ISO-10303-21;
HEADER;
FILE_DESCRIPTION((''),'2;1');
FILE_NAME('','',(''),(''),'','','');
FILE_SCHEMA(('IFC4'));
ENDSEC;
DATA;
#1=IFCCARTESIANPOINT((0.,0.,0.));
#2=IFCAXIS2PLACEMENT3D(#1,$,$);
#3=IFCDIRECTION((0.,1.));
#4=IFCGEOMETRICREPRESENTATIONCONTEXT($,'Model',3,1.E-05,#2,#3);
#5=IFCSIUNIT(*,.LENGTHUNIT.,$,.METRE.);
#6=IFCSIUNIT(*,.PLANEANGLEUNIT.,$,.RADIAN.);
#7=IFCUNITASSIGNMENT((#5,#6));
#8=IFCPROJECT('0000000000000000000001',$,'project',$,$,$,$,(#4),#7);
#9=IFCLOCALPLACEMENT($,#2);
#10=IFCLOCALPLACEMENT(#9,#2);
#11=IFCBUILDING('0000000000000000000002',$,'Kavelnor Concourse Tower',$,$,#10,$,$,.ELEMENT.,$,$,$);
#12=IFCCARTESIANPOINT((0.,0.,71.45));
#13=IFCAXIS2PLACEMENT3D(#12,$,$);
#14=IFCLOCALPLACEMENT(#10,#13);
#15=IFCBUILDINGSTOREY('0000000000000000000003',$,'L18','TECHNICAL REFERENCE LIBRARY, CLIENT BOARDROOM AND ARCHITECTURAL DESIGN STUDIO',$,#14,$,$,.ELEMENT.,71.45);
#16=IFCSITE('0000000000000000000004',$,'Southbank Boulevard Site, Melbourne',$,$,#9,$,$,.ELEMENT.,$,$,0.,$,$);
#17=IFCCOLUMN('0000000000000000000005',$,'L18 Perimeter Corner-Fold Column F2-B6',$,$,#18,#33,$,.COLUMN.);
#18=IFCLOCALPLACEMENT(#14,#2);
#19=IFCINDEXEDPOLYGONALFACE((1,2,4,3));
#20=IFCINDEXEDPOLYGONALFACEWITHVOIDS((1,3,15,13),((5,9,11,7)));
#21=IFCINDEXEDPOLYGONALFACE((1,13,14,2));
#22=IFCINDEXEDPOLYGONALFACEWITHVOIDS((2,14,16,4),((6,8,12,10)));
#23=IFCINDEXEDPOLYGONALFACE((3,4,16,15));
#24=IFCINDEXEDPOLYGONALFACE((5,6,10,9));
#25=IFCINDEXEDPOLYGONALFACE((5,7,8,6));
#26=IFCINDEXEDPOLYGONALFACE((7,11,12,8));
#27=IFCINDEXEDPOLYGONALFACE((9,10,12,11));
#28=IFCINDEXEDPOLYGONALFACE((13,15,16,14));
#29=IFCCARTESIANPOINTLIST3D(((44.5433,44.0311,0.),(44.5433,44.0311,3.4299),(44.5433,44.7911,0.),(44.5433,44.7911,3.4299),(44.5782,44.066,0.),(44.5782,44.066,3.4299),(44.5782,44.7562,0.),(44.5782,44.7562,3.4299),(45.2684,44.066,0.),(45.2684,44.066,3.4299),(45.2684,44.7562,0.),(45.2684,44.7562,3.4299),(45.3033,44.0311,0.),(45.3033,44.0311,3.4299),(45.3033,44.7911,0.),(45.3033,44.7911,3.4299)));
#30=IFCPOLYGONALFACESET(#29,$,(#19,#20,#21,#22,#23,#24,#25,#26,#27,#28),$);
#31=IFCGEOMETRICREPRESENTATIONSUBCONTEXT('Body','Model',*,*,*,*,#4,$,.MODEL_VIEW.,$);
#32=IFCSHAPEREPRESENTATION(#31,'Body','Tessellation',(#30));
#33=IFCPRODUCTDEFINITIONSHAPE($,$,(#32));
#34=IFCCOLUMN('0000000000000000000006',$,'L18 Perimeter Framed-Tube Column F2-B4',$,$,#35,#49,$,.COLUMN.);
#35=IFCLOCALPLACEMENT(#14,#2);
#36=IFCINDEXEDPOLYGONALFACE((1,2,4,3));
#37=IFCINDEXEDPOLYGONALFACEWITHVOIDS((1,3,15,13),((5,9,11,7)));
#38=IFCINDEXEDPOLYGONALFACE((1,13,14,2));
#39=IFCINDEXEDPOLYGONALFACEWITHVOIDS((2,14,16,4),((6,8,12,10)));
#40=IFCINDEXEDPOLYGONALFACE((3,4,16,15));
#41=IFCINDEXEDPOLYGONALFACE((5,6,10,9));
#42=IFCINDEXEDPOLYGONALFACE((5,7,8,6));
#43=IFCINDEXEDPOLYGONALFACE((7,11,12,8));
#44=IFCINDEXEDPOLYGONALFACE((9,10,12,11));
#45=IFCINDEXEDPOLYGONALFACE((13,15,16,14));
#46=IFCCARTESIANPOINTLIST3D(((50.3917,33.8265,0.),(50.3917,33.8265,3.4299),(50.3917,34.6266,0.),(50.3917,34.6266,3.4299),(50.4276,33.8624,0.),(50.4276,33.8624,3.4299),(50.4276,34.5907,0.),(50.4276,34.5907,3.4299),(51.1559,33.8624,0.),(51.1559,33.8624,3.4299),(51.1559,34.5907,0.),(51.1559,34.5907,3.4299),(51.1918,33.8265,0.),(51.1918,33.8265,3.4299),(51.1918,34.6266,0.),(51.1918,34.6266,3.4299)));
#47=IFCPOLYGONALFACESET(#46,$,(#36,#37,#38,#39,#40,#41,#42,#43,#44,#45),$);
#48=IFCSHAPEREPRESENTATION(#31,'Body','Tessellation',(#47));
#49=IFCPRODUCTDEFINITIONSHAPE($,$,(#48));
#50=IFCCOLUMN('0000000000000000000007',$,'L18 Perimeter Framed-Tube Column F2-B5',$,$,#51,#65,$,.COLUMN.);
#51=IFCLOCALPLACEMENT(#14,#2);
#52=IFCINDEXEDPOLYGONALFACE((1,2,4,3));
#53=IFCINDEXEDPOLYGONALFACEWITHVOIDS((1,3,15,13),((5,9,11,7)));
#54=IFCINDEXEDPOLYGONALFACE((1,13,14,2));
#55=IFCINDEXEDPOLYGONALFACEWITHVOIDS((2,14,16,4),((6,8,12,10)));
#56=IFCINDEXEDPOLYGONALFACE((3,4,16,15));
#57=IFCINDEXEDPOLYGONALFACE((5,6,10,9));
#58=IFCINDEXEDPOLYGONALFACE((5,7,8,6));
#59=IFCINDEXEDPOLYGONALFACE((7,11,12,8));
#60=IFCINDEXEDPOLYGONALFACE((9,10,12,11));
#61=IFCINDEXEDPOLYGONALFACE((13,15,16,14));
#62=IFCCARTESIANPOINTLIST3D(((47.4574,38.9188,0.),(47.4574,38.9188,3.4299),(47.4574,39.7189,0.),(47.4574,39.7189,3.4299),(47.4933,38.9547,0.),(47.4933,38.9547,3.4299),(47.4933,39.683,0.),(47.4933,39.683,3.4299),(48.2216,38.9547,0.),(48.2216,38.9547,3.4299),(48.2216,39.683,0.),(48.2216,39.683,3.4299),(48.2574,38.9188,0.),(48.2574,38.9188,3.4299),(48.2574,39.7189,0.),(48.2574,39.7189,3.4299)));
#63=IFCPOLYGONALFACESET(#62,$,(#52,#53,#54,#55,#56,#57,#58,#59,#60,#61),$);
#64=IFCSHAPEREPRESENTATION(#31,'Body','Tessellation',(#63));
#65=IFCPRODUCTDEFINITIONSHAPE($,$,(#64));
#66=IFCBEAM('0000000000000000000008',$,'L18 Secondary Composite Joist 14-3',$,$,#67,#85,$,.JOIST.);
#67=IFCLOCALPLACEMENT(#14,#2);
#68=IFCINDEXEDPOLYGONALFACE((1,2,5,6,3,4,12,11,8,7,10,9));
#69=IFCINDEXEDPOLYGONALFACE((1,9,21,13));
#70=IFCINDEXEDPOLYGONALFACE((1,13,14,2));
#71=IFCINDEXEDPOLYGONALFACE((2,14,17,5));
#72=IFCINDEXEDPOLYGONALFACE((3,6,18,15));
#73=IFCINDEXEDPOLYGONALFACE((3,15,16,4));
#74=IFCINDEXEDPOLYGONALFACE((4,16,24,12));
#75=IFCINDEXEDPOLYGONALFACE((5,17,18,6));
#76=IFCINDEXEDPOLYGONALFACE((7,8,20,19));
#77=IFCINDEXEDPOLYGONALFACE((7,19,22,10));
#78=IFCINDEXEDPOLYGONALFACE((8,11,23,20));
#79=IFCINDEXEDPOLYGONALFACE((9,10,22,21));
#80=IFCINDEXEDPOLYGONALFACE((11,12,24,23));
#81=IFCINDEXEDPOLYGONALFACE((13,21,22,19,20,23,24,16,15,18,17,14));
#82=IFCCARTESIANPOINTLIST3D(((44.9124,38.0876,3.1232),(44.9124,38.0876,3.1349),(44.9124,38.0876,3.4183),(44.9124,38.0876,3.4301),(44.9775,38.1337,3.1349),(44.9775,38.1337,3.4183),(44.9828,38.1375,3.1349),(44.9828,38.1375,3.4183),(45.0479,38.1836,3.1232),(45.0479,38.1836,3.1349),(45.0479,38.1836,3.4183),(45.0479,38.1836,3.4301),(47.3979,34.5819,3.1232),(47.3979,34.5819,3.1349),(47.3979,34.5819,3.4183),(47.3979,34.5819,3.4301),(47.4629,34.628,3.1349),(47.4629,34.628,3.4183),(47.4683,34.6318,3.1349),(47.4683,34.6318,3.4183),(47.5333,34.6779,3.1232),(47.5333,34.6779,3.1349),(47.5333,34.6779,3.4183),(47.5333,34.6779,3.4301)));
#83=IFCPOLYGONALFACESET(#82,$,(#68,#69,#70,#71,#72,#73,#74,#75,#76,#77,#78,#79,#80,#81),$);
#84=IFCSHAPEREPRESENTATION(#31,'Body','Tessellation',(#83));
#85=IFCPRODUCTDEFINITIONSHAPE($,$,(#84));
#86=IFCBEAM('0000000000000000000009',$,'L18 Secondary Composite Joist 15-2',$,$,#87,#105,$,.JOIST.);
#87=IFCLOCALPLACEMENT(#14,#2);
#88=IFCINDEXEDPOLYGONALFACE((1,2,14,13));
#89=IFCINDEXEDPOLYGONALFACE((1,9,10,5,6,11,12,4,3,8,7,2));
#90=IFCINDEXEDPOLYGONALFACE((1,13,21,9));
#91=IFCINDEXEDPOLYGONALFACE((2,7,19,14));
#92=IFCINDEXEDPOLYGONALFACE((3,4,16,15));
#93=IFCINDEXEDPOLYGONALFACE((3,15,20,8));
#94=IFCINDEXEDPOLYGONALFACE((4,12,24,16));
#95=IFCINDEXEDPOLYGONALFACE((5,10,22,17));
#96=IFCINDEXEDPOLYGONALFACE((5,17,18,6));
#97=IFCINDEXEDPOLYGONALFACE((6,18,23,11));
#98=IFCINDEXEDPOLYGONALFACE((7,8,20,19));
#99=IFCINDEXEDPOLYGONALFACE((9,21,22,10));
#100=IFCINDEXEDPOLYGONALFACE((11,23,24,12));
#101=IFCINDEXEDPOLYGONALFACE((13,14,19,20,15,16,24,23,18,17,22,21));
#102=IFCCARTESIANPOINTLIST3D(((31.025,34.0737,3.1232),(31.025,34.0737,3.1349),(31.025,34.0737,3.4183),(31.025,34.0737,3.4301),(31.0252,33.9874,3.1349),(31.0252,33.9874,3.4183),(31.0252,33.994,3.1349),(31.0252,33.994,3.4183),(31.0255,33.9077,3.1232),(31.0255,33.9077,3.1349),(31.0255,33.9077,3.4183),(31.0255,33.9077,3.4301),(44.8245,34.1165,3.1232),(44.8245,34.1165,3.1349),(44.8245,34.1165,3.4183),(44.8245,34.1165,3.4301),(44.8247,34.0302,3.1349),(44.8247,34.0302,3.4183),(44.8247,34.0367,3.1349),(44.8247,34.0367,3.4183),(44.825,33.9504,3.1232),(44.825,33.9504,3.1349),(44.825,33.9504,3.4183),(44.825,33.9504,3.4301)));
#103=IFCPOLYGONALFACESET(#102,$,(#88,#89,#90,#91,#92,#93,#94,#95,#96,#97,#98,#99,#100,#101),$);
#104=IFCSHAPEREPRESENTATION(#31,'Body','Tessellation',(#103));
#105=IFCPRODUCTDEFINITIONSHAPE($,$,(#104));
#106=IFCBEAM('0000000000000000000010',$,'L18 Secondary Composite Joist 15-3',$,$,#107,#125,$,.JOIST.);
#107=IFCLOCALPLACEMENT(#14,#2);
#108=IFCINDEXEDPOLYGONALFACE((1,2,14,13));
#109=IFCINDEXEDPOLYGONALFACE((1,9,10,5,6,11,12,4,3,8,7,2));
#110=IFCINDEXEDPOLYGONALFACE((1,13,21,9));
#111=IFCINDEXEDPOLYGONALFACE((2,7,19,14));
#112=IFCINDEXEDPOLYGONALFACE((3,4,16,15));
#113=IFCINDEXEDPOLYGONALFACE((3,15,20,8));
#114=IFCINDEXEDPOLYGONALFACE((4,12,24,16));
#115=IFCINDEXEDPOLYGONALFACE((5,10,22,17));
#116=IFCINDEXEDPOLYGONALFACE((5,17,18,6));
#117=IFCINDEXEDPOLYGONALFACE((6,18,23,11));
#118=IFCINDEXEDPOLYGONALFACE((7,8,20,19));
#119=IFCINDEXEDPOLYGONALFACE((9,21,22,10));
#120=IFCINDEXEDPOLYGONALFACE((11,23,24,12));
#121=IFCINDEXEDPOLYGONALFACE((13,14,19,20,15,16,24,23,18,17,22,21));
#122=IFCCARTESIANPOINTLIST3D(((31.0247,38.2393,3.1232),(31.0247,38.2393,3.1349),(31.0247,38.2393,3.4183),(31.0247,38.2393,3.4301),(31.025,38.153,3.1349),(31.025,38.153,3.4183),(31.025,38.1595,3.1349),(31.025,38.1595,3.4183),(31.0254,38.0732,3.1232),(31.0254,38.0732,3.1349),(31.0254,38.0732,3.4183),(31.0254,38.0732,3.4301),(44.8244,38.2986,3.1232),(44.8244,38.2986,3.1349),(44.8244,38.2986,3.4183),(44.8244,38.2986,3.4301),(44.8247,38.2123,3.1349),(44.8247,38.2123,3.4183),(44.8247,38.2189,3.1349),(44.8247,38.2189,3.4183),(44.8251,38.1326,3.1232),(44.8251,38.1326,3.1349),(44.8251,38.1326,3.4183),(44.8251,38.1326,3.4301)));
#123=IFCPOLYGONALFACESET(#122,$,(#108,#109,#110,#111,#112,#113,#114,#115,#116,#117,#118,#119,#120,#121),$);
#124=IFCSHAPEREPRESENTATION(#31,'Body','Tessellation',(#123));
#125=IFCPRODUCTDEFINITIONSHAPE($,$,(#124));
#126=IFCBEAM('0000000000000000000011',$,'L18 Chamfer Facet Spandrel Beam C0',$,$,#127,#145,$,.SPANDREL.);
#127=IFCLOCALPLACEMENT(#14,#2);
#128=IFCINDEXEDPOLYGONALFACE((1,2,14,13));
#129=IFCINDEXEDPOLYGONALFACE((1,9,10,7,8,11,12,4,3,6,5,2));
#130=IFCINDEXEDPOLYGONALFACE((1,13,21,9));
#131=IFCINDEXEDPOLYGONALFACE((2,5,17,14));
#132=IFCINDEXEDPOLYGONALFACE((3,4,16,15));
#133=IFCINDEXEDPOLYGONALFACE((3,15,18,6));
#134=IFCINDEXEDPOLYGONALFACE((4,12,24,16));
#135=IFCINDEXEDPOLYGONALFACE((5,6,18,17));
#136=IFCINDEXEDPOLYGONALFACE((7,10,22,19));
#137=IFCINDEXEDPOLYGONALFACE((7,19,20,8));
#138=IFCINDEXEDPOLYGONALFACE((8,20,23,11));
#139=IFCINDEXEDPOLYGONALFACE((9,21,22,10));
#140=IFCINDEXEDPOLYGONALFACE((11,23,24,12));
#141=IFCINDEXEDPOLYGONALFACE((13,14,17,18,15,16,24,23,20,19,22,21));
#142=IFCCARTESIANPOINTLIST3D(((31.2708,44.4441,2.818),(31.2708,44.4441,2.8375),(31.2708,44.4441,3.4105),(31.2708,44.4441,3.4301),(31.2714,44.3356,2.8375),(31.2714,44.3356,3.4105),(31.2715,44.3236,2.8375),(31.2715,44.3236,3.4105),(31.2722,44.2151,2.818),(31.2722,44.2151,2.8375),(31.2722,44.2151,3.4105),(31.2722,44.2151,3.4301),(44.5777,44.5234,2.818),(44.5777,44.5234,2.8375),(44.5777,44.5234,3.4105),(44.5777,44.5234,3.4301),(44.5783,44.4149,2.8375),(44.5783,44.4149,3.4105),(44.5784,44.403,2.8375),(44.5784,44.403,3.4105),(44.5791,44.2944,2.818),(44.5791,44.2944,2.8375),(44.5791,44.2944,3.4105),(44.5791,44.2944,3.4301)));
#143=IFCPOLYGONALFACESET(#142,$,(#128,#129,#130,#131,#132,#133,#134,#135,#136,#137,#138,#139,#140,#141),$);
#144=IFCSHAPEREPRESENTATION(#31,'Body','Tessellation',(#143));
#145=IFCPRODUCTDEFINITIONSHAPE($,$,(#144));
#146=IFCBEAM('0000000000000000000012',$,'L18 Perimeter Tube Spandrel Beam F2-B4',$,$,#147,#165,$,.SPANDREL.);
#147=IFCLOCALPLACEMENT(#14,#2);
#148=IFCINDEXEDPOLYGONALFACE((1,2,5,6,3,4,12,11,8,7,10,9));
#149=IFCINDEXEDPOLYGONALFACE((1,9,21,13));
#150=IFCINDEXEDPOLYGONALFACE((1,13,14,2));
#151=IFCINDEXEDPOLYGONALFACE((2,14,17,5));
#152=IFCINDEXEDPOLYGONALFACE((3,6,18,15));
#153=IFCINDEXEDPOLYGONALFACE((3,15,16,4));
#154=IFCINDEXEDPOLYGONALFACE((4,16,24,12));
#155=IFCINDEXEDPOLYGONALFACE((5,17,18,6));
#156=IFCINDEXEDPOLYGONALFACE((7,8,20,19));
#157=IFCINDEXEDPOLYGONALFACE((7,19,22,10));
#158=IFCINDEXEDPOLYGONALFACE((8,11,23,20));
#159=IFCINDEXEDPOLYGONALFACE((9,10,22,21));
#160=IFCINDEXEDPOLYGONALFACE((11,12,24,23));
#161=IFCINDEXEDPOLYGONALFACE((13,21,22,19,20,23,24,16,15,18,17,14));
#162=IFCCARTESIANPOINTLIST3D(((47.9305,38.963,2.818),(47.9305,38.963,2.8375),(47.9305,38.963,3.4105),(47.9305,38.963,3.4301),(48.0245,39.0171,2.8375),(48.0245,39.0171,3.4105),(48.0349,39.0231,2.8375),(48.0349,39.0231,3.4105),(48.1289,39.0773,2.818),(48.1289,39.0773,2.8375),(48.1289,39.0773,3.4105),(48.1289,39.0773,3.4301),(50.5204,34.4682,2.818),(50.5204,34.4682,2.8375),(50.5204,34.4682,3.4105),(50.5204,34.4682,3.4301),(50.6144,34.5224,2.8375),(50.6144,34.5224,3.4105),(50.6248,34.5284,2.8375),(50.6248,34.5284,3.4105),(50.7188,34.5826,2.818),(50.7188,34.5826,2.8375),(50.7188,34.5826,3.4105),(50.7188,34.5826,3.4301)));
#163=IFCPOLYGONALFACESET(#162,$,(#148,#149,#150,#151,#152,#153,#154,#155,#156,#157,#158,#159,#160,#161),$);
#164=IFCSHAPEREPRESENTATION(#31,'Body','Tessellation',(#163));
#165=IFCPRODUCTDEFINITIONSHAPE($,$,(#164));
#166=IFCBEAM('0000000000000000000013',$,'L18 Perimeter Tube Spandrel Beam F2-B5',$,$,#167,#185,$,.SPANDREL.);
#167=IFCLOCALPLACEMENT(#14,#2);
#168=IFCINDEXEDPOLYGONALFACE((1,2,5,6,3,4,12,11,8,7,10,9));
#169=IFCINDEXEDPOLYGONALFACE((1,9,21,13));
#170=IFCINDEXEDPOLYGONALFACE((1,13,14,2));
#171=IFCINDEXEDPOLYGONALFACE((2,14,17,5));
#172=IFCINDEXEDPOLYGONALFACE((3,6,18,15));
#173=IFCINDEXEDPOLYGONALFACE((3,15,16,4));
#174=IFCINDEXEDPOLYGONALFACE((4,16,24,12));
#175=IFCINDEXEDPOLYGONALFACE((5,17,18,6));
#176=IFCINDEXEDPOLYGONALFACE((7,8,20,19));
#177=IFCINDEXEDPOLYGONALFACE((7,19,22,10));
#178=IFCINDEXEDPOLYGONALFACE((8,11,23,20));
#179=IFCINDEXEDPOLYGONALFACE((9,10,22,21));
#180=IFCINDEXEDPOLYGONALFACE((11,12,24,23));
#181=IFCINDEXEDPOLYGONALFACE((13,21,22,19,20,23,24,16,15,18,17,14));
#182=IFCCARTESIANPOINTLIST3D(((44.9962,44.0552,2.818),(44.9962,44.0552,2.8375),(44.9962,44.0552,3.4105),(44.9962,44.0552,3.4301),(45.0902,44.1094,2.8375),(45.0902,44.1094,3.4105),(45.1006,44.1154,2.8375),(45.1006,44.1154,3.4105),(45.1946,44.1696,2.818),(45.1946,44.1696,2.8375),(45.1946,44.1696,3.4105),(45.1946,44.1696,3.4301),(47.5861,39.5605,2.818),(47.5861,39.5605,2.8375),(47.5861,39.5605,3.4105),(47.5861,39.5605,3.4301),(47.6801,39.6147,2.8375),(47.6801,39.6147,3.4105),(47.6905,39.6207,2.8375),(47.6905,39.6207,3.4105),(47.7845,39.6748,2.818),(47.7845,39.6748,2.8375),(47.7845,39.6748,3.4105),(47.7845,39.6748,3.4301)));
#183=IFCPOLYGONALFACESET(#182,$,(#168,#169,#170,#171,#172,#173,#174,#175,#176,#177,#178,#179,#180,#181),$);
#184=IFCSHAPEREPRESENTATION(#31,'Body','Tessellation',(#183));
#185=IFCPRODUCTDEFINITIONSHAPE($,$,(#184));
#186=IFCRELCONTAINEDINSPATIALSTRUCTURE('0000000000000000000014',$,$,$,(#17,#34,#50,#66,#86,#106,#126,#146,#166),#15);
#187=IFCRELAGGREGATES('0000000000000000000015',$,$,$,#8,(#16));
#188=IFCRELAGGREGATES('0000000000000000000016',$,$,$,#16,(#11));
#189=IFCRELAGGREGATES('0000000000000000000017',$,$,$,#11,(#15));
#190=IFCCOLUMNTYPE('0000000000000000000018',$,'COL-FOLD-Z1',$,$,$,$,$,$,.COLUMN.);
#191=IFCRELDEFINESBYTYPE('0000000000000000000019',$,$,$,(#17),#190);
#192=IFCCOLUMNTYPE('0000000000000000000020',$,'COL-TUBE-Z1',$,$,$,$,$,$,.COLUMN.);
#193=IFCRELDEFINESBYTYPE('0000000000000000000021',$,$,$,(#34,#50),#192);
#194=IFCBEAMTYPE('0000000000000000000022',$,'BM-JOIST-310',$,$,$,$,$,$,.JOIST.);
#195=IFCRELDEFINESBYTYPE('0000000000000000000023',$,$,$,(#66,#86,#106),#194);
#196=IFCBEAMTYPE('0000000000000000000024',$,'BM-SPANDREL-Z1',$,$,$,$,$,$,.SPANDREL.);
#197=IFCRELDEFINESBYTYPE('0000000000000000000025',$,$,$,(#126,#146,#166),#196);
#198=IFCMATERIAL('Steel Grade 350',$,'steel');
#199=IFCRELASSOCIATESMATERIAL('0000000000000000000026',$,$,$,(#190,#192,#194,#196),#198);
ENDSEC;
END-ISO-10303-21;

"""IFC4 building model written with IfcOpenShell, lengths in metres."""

from ifc_helpers import new_model, si_unit, direction, frame, origin, origin_2d, place, context, subcontext, project, spatial, hollow_rectangle, i_section, extrude, material, material_profile, profile_set, type_object, element, save


model = new_model("IFC4")

# Units and contexts
model_context = context("Model", 3, precision=1e-05, world=origin(), true_north=direction((0.0, 1.0)))
body_context = subcontext(model_context, "Body", "Model", "MODEL_VIEW")
ifc_project = project(units=[si_unit("LENGTHUNIT", "METRE"), si_unit("PLANEANGLEUNIT", "RADIAN")], contexts=[model_context])

# Site, building, storey
site_placement = place(None, origin())
site = spatial("IfcSite", under=ifc_project, at=site_placement, Name="Southbank Boulevard Site, Melbourne", CompositionType="ELEMENT", RefElevation=0.0)
building_placement = place(site_placement, origin())
building = spatial("IfcBuilding", under=site, at=building_placement, Name="Kavelnor Concourse Tower", CompositionType="ELEMENT")
storey_placement = place(building_placement, frame((0.0, 0.0, 71.45)))
storey = spatial("IfcBuildingStorey", under=building, at=storey_placement, Name="L18", Description="TECHNICAL REFERENCE LIBRARY, CLIENT BOARDROOM AND ARCHITECTURAL DESIGN STUDIO", CompositionType="ELEMENT", Elevation=71.45)

# Columns
ifc_material_1 = material(Name="Steel Grade 350", Category="steel")
ifc_material_profile_1 = material_profile(ifc_material_1, hollow_rectangle(XDim=0.76, YDim=0.76, WallThickness=0.0349, at=origin_2d()), Name="SHS 760x760x35")
ifc_profile_set_1 = profile_set([ifc_material_profile_1], Name="Steel Grade 350")
column_type_1 = type_object("IfcColumnType", Name="COL-FOLD-Z1", PredefinedType="COLUMN", material=ifc_profile_set_1)
column_placement = place(storey_placement, frame((44.9233, 44.4111, 0.0), z_axis=(0.0, 0.0, 1.0), x_axis=(1.0, 0.0, 0.0)))
element("IfcColumn", 1, at=column_placement, inside=storey, type_object=column_type_1, Name="L18 Perimeter Corner-Fold Column F2-B6", PredefinedType="COLUMN", context=body_context, shape_type="SweptSolid", body=[
    extrude(hollow_rectangle(XDim=0.76, YDim=0.76, WallThickness=0.0349, at=origin_2d()), origin(), (0.0, 0.0, 1.0), 3.4299),
])
ifc_material_profile_2 = material_profile(ifc_material_1, hollow_rectangle(XDim=0.8, YDim=0.8, WallThickness=0.0359, at=origin_2d()), Name="SHS 800x800x36")
ifc_profile_set_2 = profile_set([ifc_material_profile_2], Name="Steel Grade 350")
column_type_2 = type_object("IfcColumnType", Name="COL-TUBE-Z1", PredefinedType="COLUMN", material=ifc_profile_set_2)
for number, where, z_axis, x_axis, name in (
    (2, (50.7917, 34.2266, 0.0), (0.0, 0.0, 1.0), (1.0, 0.0, 0.0), "L18 Perimeter Framed-Tube Column F2-B4"),
    (3, (47.8574, 39.3188, 0.0), (0.0, 0.0, 1.0), (1.0, 0.0, 0.0), "L18 Perimeter Framed-Tube Column F2-B5"),
):
    element("IfcColumn", number, at=place(storey_placement, frame(where, z_axis=z_axis, x_axis=x_axis)), inside=storey, type_object=column_type_2, Name=name, PredefinedType="COLUMN", context=body_context, shape_type="SweptSolid", body=[
        extrude(hollow_rectangle(XDim=0.8, YDim=0.8, WallThickness=0.0359, at=origin_2d()), origin(), (0.0, 0.0, 1.0), 3.4299),
    ])

# Beams
ifc_material_profile_3 = material_profile(ifc_material_1, i_section(OverallWidth=0.166, OverallDepth=0.3069, WebThickness=0.0066, FlangeThickness=0.0117, at=origin_2d()), Name="310UB46")
ifc_profile_set_3 = profile_set([ifc_material_profile_3], Name="Steel Grade 350")
beam_type_1 = type_object("IfcBeamType", Name="BM-JOIST-310", PredefinedType="JOIST", material=ifc_profile_set_3)
beam_1_placement = place(storey_placement, frame((47.4656, 34.6299, 3.2766), z_axis=(-0.578359, 0.815782, 0.0), x_axis=(-0.815782, -0.578359, 0.0)))
element("IfcBeam", 4, at=beam_1_placement, inside=storey, type_object=beam_type_1, Name="L18 Secondary Composite Joist 14-3", PredefinedType="JOIST", context=body_context, shape_type="SweptSolid", body=[
    extrude(i_section(OverallWidth=0.166, OverallDepth=0.3069, WebThickness=0.0066, FlangeThickness=0.0117, at=origin_2d()), origin(), (0.0, 0.0, 1.0), 4.2974),
])
beam_2_placement = place(storey_placement, frame((44.8247, 34.0334, 3.2766), z_axis=(-0.999995, -0.003096, 0.0), x_axis=(0.003096, -0.999995, 0.0)))
element("IfcBeam", 5, at=beam_2_placement, inside=storey, type_object=beam_type_1, Name="L18 Secondary Composite Joist 15-2", PredefinedType="JOIST", context=body_context, shape_type="SweptSolid", body=[
    extrude(i_section(OverallWidth=0.166, OverallDepth=0.3069, WebThickness=0.0066, FlangeThickness=0.0117, at=origin_2d()), origin(), (0.0, 0.0, 1.0), 13.7996),
])
beam_3_placement = place(storey_placement, frame((44.8247, 38.2156, 3.2766), z_axis=(-0.999991, -0.004299, 0.0), x_axis=(0.004299, -0.999991, 0.0)))
element("IfcBeam", 6, at=beam_3_placement, inside=storey, type_object=beam_type_1, Name="L18 Secondary Composite Joist 15-3", PredefinedType="JOIST", context=body_context, shape_type="SweptSolid", body=[
    extrude(i_section(OverallWidth=0.166, OverallDepth=0.3069, WebThickness=0.0066, FlangeThickness=0.0117, at=origin_2d()), origin(), (0.0, 0.0, 1.0), 13.7998),
])
ifc_material_profile_4 = material_profile(ifc_material_1, i_section(OverallWidth=0.229, OverallDepth=0.6121, WebThickness=0.012, FlangeThickness=0.0195, at=origin_2d()), Name="610UB125")
ifc_profile_set_4 = profile_set([ifc_material_profile_4], Name="Steel Grade 350")
beam_type_2 = type_object("IfcBeamType", Name="BM-SPANDREL-Z1", PredefinedType="SPANDREL", material=ifc_profile_set_4)
beam_4_placement = place(storey_placement, frame((44.5784, 44.4089, 3.124), z_axis=(-0.999982, -0.005963, 0.0), x_axis=(0.005963, -0.999982, 0.0)))
element("IfcBeam", 7, at=beam_4_placement, inside=storey, type_object=beam_type_2, Name="L18 Chamfer Facet Spandrel Beam C0", PredefinedType="SPANDREL", context=body_context, shape_type="SweptSolid", body=[
    extrude(i_section(OverallWidth=0.229, OverallDepth=0.6121, WebThickness=0.012, FlangeThickness=0.0195, at=origin_2d()), origin(), (0.0, 0.0, 1.0), 13.3071),
])
for number, where, z_axis, x_axis, name in (
    (8, (50.6196, 34.5254, 3.124), (-0.499258, 0.866453, 0.0), (-0.866453, -0.499258, 0.0), "L18 Perimeter Tube Spandrel Beam F2-B4"),
    (9, (47.6853, 39.6177, 3.124), (-0.499258, 0.866453, 0.0), (-0.866453, -0.499258, 0.0), "L18 Perimeter Tube Spandrel Beam F2-B5"),
):
    element("IfcBeam", number, at=place(storey_placement, frame(where, z_axis=z_axis, x_axis=x_axis)), inside=storey, type_object=beam_type_2, Name=name, PredefinedType="SPANDREL", context=body_context, shape_type="SweptSolid", body=[
        extrude(i_section(OverallWidth=0.229, OverallDepth=0.6121, WebThickness=0.012, FlangeThickness=0.0195, at=origin_2d()), origin(), (0.0, 0.0, 1.0), 5.1875),
    ])

save(model, "model.ifc")
